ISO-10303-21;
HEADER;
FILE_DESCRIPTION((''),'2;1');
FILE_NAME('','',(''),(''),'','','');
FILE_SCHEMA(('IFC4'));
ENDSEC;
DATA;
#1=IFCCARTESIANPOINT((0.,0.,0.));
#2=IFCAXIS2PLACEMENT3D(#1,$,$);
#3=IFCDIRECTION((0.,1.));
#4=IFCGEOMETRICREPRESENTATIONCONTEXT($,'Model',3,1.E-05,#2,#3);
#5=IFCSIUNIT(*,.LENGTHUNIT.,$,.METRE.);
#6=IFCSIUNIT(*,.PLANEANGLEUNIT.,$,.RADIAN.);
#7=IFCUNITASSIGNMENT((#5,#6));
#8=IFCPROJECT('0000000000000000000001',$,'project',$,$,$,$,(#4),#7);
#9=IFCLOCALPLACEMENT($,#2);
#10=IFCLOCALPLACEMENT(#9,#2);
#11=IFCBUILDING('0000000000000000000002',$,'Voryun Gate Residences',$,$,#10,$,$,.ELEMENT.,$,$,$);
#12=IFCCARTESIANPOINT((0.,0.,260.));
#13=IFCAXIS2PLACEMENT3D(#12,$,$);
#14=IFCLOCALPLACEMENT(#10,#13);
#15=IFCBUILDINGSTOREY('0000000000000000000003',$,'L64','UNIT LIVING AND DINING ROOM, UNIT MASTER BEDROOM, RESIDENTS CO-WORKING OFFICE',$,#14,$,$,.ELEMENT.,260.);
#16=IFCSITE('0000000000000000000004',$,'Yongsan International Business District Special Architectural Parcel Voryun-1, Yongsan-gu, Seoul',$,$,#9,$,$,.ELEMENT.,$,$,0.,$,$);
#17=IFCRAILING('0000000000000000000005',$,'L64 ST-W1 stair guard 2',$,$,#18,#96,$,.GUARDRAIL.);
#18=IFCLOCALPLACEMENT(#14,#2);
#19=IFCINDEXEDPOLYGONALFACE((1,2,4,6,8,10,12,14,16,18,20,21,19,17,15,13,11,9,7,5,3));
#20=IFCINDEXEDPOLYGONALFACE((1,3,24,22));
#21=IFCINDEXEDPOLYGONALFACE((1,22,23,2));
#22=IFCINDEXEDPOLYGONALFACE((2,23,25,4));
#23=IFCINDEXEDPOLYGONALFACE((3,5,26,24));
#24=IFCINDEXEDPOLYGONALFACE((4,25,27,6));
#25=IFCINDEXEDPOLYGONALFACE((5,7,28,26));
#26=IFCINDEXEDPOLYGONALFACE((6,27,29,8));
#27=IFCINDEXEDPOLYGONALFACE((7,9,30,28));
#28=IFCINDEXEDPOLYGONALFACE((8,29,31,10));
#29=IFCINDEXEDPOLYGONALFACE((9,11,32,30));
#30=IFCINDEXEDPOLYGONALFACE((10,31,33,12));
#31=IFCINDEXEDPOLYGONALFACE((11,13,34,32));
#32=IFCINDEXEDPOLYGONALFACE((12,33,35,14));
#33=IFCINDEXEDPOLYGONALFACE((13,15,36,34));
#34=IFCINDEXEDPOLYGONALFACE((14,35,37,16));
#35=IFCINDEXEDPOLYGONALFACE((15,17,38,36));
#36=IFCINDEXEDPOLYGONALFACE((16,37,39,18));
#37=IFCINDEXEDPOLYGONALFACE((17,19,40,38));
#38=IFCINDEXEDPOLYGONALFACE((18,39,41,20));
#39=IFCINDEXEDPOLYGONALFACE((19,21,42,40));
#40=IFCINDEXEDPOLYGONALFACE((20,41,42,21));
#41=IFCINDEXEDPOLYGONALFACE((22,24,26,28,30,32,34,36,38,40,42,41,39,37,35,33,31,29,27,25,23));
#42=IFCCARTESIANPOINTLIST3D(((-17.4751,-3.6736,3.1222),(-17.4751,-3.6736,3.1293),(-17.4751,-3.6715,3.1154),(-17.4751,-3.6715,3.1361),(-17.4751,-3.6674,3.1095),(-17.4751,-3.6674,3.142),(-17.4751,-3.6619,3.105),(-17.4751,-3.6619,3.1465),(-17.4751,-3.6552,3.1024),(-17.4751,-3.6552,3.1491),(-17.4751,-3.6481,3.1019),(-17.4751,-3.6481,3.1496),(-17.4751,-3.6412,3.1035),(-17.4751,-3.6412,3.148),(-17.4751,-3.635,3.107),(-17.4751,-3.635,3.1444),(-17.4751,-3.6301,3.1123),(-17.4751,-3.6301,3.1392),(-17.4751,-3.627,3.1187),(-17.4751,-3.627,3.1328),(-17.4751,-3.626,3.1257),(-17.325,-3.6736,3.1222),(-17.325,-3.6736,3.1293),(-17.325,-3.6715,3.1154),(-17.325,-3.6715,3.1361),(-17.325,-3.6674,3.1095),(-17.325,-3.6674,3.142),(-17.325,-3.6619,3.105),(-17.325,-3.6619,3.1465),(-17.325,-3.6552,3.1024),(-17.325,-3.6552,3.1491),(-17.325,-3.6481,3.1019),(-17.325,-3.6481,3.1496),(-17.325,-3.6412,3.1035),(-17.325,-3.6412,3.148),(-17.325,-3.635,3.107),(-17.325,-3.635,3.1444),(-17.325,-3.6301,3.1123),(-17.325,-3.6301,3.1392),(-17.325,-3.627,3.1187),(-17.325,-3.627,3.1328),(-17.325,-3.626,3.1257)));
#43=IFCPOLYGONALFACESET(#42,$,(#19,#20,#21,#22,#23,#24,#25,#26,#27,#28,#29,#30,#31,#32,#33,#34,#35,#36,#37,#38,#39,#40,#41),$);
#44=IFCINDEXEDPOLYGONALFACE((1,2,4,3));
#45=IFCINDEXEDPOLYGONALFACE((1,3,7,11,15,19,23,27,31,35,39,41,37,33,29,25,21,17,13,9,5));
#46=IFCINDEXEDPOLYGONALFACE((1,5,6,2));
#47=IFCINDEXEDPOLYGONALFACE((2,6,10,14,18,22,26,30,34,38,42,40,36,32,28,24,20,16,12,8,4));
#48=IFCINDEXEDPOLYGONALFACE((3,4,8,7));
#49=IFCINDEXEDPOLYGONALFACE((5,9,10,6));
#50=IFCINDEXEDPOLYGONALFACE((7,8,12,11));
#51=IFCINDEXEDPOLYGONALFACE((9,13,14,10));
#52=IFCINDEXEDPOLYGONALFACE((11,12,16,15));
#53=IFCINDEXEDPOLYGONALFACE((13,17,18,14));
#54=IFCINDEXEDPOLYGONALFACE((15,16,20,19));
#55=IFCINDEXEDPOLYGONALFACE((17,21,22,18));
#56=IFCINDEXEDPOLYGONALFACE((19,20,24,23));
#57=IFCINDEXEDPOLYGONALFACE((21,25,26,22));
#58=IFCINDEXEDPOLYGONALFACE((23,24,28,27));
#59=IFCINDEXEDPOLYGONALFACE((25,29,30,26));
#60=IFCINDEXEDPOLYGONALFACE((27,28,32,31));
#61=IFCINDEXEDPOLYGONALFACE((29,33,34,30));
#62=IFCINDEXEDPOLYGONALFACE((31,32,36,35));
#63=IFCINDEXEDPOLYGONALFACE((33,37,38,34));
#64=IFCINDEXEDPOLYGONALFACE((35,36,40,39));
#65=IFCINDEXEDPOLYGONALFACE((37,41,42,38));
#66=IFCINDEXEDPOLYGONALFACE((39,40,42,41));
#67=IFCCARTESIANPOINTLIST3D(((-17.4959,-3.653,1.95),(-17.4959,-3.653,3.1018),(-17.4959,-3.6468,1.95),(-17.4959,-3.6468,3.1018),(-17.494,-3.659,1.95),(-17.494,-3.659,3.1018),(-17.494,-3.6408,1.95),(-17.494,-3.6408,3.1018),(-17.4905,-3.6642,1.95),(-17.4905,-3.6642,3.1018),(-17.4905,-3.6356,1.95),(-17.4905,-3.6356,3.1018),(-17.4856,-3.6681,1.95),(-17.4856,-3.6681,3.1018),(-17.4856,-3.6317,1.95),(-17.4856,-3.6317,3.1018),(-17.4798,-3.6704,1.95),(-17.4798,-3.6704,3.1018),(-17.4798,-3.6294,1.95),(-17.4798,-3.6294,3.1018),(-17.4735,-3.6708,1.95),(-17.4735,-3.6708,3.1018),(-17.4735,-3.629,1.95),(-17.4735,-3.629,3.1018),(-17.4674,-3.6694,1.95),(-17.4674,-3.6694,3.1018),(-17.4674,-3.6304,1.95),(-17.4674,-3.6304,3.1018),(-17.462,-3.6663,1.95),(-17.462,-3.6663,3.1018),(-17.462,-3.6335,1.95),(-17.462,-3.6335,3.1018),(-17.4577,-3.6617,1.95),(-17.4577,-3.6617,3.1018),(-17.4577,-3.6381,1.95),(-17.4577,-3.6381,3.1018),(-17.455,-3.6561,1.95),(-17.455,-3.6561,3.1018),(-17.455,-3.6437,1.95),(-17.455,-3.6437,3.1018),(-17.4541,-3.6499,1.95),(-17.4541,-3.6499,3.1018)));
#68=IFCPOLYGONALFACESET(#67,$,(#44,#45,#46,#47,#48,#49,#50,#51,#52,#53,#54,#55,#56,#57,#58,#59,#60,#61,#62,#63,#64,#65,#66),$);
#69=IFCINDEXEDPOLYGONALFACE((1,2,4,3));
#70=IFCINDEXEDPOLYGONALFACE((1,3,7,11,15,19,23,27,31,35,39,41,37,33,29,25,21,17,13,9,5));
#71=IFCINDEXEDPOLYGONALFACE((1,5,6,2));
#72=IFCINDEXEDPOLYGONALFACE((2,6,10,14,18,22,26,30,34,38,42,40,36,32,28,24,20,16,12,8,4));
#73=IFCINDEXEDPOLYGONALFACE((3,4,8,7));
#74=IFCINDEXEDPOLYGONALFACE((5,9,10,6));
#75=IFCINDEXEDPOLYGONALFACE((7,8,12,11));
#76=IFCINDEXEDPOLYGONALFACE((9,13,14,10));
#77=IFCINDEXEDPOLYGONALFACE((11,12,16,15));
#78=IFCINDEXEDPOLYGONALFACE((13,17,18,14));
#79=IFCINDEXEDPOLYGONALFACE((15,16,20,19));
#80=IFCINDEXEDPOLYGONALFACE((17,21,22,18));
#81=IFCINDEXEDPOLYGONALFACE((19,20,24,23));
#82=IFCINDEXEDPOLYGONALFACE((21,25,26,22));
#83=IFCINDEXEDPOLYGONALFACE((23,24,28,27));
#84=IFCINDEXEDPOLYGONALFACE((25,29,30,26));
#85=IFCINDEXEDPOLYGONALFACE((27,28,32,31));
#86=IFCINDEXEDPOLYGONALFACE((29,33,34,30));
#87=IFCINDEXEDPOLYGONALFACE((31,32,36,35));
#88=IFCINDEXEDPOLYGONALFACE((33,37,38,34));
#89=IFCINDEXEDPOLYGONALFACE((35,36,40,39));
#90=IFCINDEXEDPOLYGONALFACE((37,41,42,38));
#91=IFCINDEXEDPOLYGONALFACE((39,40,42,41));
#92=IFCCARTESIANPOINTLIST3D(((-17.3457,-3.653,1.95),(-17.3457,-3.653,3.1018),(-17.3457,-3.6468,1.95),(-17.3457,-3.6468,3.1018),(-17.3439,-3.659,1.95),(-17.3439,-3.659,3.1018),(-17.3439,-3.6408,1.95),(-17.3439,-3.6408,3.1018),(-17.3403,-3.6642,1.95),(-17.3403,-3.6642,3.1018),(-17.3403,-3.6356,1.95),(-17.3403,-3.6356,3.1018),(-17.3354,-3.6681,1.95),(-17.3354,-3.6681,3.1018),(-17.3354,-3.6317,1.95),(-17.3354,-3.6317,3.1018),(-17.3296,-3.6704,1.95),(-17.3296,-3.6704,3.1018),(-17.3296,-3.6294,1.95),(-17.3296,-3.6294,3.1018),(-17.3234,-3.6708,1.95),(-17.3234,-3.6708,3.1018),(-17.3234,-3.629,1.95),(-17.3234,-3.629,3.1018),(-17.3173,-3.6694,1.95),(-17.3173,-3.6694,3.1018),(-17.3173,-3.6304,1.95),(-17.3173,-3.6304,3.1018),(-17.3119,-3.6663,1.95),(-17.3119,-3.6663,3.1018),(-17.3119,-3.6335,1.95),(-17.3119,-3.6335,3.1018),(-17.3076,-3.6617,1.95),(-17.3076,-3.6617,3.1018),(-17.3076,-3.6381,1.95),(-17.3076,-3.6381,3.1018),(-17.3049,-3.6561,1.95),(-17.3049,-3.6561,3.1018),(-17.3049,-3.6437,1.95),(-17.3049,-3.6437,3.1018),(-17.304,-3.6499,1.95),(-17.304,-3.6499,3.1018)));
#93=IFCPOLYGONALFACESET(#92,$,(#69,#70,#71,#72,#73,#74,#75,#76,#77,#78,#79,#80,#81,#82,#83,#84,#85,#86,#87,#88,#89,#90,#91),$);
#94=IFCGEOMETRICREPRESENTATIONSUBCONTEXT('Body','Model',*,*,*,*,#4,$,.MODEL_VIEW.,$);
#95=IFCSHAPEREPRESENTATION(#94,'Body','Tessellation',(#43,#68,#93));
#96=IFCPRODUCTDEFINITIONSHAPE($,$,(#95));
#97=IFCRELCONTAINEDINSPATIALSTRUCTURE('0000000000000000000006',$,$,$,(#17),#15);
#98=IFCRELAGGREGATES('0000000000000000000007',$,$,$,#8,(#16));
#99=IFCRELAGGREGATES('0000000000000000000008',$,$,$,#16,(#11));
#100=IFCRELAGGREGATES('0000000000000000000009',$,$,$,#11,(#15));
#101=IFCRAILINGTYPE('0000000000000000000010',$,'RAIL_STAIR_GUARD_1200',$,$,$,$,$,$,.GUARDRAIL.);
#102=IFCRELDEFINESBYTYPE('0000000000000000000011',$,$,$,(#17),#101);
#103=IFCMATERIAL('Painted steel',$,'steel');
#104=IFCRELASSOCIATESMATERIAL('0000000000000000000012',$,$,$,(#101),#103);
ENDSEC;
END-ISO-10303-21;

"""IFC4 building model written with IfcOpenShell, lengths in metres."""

from ifc_helpers import new_model, si_unit, direction, frame, origin, origin_2d, place, context, subcontext, project, spatial, circle, extrude, material, type_object, element, save


model = new_model("IFC4")

# Units and contexts
model_context = context("Model", 3, precision=1e-05, world=origin(), true_north=direction((0.0, 1.0)))
body_context = subcontext(model_context, "Body", "Model", "MODEL_VIEW")
ifc_project = project(units=[si_unit("LENGTHUNIT", "METRE"), si_unit("PLANEANGLEUNIT", "RADIAN")], contexts=[model_context])

# Site, building, storey
site_placement = place(None, origin())
site = spatial("IfcSite", under=ifc_project, at=site_placement, Name="Yongsan International Business District Special Architectural Parcel Voryun-1, Yongsan-gu, Seoul", CompositionType="ELEMENT", RefElevation=0.0)
building_placement = place(site_placement, origin())
building = spatial("IfcBuilding", under=site, at=building_placement, Name="Voryun Gate Residences", CompositionType="ELEMENT")
storey_placement = place(building_placement, frame((0.0, 0.0, 260.0)))
storey = spatial("IfcBuildingStorey", under=building, at=storey_placement, Name="L64", Description="UNIT LIVING AND DINING ROOM, UNIT MASTER BEDROOM, RESIDENTS CO-WORKING OFFICE", CompositionType="ELEMENT", Elevation=260.0)

# Railing
ifc_material_1 = material(Name="Painted steel", Category="steel")
railing_type_1 = type_object("IfcRailingType", Name="RAIL_STAIR_GUARD_1200", PredefinedType="GUARDRAIL", material=ifc_material_1)
railing_1_placement = place(storey_placement, frame((-17.4751, -3.6499, 1.95)))
element("IfcRailing", 1, at=railing_1_placement, inside=storey, type_object=railing_type_1, Name="L64 ST-W1 stair guard 2", PredefinedType="GUARDRAIL", context=body_context, shape_type="SweptSolid", body=[
    extrude(circle(Radius=0.0239, at=origin_2d()), frame((0.0, 0.0, 1.1758), z_axis=(1.0, 0.0, 0.0), x_axis=(0.0, 1.0, 0.0)), (0.0, 0.0, 1.0), 0.1501),
    extrude(circle(Radius=0.021, at=origin_2d()), origin(), (0.0, 0.0, 1.0), 1.1519),
    extrude(circle(Radius=0.021, at=origin_2d()), frame((0.1501, 0.0, 0.0)), (0.0, 0.0, 1.0), 1.1519),
])

save(model, "model.ifc")
